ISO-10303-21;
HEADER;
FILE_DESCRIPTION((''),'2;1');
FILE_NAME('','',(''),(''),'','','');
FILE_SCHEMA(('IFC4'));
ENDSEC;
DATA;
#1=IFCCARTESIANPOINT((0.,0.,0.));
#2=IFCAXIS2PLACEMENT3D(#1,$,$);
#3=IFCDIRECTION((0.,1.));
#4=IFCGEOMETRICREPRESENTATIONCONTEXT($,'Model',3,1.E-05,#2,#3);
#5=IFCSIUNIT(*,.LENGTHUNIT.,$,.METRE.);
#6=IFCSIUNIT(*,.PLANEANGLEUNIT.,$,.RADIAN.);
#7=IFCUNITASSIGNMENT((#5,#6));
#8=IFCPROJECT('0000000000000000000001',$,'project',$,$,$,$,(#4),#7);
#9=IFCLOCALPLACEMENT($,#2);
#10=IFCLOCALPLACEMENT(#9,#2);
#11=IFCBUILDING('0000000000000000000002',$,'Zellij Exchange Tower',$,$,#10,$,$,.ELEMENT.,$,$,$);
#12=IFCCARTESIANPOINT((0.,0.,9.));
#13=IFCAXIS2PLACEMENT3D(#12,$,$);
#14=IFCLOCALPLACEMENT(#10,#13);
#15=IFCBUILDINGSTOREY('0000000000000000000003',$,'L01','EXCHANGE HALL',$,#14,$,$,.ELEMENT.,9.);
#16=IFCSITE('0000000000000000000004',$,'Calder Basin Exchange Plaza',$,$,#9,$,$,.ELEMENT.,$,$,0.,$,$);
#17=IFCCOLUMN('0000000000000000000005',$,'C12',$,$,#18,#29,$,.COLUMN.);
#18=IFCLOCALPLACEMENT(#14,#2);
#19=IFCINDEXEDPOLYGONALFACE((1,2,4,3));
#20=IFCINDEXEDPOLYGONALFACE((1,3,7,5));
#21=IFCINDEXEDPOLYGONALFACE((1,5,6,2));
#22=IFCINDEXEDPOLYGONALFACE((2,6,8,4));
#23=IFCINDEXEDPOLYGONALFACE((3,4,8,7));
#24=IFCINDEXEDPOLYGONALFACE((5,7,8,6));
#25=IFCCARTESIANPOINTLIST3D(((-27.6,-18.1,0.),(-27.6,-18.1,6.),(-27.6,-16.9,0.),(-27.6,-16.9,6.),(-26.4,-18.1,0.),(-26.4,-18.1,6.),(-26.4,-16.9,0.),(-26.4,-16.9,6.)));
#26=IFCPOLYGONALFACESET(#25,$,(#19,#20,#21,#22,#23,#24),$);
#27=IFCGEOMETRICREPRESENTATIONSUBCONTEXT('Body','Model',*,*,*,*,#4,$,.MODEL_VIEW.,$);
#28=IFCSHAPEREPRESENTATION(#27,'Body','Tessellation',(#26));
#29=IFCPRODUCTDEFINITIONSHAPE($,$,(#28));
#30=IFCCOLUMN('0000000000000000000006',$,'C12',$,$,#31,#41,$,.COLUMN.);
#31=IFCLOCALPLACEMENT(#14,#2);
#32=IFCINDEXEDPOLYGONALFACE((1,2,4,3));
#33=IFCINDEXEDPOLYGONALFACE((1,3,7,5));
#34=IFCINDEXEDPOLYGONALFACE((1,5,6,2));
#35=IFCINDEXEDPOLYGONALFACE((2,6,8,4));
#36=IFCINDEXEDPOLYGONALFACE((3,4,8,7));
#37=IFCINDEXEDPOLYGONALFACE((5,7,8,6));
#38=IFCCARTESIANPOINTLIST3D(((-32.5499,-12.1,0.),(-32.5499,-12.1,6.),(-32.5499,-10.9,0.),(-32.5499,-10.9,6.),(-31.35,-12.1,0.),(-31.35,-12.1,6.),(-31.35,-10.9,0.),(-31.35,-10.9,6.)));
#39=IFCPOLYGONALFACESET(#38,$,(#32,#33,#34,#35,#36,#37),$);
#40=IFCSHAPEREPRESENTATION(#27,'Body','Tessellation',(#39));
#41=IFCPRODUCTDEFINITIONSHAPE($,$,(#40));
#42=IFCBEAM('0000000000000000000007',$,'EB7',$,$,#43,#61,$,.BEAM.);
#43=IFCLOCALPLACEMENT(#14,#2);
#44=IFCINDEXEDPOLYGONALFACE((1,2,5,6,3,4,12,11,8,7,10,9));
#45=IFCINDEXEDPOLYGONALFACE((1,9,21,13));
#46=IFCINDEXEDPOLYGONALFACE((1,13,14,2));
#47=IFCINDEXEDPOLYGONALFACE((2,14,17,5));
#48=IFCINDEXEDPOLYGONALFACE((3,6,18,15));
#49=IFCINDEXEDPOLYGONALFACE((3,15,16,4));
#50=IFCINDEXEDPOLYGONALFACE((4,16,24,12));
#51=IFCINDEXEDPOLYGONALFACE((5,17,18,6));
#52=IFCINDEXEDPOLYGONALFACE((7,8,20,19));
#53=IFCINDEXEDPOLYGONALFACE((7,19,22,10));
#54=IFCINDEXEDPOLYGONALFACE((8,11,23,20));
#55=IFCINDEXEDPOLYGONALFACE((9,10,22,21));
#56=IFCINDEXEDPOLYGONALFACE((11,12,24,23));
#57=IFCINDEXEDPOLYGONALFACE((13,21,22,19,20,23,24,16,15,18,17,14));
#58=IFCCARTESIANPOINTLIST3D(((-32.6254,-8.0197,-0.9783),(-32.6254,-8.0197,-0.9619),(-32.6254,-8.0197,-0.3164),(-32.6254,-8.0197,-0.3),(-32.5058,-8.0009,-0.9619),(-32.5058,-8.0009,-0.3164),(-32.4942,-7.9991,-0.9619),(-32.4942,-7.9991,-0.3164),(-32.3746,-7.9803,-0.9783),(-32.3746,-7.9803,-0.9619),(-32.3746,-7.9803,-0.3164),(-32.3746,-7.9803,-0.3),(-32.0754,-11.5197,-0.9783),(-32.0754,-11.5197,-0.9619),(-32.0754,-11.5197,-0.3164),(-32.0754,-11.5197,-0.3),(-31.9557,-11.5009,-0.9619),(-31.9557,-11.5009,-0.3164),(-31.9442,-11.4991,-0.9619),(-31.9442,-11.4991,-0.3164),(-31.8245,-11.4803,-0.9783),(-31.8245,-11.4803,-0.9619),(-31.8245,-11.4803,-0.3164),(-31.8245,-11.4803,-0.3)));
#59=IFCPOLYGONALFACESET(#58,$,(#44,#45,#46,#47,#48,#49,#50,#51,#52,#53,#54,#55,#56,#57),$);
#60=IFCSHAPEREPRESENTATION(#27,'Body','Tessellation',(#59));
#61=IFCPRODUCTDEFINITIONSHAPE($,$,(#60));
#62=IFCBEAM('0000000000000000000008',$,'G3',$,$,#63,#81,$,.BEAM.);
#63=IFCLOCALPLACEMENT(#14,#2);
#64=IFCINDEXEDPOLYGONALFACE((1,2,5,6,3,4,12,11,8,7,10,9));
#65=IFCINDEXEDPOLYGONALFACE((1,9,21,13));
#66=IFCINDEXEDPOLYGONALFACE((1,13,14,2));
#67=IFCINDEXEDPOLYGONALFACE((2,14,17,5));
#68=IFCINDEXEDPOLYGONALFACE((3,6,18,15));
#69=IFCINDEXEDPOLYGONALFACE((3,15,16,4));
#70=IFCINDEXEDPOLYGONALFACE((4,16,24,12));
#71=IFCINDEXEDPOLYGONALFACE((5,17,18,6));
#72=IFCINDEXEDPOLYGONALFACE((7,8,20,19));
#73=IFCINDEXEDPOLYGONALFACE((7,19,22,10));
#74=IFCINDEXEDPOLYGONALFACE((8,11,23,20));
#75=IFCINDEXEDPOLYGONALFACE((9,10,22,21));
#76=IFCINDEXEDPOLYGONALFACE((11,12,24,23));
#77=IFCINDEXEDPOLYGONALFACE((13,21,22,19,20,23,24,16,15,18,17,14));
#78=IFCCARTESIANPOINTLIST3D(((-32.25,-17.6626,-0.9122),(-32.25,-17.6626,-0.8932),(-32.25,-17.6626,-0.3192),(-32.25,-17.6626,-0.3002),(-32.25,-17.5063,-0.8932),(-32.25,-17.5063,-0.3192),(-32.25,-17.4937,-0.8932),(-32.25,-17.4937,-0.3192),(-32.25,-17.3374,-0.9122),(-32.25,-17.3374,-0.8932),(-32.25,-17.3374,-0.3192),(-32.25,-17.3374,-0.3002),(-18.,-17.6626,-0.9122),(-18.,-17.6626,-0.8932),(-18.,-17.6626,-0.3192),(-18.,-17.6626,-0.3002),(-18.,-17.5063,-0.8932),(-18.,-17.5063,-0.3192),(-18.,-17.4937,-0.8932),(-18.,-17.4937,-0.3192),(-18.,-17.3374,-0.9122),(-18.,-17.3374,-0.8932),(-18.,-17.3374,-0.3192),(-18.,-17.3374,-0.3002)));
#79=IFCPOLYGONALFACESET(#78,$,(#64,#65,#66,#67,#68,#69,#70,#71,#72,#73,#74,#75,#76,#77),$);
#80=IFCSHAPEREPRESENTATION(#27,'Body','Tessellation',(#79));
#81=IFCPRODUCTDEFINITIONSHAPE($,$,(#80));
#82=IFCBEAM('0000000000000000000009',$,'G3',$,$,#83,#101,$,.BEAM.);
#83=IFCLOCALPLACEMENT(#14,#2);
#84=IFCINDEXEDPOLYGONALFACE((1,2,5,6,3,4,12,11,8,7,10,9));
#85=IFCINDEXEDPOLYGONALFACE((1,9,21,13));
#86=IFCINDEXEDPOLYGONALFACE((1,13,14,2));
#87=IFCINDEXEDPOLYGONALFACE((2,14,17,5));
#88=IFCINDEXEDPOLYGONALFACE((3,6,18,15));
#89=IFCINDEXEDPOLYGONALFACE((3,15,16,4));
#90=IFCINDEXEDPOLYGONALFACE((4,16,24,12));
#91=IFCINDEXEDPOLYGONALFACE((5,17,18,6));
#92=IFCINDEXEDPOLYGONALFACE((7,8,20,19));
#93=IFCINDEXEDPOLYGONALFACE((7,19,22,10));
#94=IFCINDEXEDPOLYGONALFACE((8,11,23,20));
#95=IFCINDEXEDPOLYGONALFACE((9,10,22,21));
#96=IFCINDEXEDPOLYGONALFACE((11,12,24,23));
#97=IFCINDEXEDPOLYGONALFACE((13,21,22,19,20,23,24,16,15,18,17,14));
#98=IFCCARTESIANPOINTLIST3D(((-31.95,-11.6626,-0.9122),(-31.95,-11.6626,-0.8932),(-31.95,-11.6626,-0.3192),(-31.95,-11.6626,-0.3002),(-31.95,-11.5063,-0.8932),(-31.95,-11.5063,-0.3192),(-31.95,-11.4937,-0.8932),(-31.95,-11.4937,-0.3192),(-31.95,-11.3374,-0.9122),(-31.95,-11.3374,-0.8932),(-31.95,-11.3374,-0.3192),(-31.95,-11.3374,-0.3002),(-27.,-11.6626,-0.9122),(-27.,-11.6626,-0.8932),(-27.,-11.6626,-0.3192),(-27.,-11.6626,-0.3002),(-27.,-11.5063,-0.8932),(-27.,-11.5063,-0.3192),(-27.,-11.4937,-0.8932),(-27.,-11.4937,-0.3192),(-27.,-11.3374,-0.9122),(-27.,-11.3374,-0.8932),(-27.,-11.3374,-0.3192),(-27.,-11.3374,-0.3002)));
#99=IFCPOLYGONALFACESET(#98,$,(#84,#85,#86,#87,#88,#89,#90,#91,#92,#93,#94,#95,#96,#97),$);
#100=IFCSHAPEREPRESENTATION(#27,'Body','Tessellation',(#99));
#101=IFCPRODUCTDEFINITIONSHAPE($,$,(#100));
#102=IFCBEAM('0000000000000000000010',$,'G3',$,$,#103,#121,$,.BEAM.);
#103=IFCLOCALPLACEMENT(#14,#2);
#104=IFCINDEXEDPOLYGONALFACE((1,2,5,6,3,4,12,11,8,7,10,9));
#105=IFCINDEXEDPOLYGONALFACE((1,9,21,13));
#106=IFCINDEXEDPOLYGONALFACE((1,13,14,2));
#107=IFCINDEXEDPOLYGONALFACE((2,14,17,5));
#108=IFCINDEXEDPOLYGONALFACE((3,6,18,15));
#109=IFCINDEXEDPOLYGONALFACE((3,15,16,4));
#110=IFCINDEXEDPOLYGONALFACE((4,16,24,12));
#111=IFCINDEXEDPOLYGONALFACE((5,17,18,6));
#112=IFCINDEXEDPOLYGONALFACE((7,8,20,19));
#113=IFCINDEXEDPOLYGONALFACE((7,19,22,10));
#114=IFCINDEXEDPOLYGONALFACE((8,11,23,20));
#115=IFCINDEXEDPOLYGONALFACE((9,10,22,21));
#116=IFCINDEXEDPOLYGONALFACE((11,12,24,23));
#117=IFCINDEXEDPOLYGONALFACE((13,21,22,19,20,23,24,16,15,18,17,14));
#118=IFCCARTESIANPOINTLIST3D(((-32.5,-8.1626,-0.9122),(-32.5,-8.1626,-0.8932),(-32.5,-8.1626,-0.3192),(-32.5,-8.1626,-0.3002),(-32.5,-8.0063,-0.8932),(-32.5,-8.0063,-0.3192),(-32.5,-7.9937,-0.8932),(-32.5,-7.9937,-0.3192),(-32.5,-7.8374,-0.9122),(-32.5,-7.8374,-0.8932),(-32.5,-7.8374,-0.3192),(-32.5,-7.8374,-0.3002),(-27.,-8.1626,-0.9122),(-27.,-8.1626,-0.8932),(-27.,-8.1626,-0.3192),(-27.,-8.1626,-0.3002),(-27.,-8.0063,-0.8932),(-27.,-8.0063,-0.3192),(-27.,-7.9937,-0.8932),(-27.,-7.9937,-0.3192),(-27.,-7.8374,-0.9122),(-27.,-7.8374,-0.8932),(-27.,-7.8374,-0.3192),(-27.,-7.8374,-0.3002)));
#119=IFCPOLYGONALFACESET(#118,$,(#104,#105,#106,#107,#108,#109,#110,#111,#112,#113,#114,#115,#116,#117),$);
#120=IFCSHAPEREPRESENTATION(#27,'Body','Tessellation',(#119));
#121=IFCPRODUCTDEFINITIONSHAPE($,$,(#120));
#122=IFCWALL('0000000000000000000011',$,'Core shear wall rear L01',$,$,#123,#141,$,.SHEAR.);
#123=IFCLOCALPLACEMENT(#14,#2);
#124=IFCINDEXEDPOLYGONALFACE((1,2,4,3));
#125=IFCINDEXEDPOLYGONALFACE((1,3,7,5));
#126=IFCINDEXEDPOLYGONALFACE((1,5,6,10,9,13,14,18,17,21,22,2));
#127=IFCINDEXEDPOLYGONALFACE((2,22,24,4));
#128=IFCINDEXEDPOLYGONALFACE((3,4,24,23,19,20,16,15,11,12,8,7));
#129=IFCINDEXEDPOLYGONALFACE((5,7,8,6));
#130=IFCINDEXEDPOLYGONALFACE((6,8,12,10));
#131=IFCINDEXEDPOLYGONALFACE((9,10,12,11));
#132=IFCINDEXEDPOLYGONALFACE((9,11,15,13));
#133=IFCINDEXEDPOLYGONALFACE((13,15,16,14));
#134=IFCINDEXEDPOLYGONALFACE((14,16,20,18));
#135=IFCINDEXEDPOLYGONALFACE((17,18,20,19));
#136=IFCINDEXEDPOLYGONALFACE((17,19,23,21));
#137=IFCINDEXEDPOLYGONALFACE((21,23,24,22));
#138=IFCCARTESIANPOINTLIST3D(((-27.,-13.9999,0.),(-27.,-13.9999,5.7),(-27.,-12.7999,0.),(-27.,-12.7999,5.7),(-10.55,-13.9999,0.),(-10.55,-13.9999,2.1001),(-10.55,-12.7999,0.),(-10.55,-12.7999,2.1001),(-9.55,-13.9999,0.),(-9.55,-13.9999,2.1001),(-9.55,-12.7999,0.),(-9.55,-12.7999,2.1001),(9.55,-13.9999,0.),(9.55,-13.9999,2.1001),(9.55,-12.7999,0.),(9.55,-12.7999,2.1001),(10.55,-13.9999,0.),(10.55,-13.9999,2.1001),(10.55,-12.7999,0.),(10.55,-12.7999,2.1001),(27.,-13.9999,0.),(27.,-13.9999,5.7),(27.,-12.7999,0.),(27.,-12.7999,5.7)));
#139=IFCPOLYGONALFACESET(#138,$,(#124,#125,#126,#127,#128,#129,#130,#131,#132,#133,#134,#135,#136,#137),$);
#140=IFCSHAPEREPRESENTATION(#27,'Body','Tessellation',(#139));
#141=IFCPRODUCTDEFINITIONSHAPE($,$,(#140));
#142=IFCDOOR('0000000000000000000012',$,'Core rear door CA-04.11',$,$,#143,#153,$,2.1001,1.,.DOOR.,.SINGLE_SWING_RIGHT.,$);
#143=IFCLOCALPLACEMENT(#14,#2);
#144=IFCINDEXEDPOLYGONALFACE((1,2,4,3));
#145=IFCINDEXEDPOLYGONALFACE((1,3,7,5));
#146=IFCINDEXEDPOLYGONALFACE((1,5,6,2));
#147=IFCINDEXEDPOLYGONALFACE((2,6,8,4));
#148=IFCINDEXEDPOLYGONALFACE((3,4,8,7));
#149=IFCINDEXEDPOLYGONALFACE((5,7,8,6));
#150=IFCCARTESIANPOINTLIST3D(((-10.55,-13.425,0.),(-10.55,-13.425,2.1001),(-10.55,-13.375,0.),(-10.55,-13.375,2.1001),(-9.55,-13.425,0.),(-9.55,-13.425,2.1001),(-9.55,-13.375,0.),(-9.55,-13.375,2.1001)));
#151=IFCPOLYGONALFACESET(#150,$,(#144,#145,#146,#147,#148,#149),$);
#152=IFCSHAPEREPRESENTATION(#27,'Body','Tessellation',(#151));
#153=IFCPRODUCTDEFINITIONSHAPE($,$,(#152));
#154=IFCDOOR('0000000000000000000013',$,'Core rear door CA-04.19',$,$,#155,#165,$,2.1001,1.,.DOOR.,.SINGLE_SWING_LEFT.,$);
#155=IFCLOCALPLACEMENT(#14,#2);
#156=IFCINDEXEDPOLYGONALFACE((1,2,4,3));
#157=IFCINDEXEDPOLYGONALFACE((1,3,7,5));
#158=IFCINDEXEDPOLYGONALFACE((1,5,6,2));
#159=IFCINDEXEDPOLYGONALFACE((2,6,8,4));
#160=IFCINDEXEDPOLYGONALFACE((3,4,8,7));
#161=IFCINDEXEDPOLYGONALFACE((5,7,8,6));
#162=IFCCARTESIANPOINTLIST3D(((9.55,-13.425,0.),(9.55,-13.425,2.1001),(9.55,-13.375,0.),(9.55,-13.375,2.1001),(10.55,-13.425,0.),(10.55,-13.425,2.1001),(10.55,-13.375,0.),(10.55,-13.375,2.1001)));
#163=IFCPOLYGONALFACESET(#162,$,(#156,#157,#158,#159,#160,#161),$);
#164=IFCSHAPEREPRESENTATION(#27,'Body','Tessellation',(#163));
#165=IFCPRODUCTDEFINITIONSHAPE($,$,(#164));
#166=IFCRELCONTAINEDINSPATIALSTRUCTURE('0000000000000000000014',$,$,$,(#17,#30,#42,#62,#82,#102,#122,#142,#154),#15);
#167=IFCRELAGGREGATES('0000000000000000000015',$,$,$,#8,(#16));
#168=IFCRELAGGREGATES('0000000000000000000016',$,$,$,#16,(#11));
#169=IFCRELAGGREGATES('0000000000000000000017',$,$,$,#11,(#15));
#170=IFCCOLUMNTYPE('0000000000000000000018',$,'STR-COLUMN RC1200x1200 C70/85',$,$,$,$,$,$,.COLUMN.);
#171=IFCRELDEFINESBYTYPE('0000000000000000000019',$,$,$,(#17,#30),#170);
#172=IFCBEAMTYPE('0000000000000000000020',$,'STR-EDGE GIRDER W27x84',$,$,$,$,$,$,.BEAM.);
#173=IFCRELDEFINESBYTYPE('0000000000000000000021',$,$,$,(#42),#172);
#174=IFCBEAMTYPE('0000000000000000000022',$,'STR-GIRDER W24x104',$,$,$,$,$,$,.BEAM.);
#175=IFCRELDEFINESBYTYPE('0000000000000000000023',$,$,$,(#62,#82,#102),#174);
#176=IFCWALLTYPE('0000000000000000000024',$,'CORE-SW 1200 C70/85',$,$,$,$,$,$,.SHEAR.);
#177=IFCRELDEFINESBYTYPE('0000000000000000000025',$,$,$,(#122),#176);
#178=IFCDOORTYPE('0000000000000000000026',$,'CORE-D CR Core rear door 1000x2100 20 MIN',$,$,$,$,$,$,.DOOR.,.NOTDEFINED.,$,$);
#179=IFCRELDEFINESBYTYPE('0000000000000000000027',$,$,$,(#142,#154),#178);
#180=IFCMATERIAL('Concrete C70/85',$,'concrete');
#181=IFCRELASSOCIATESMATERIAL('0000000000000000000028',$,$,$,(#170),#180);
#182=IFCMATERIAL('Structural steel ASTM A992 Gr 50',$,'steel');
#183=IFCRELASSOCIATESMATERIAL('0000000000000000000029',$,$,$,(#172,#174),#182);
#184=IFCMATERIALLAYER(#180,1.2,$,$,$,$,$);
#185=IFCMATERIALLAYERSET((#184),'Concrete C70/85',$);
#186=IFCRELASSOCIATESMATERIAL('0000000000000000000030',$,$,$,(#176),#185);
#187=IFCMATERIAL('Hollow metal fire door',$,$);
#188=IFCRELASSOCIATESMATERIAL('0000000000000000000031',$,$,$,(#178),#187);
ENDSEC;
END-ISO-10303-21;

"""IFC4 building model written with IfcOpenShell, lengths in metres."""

from ifc_helpers import new_model, si_unit, direction, frame, frame_2d, origin, origin_2d, place, context, subcontext, project, spatial, rectangle, i_section, extrude, material, layer, layer_set, material_profile, profile_set, type_object, element, fill, save


model = new_model("IFC4")

# Units and contexts
model_context = context("Model", 3, precision=1e-05, world=origin(), true_north=direction((0.0, 1.0)))
body_context = subcontext(model_context, "Body", "Model", "MODEL_VIEW")
ifc_project = project(units=[si_unit("LENGTHUNIT", "METRE"), si_unit("PLANEANGLEUNIT", "RADIAN")], contexts=[model_context])

# Site, building, storey
site_placement = place(None, origin())
site = spatial("IfcSite", under=ifc_project, at=site_placement, Name="Calder Basin Exchange Plaza", CompositionType="ELEMENT", RefElevation=0.0)
building_placement = place(site_placement, origin())
building = spatial("IfcBuilding", under=site, at=building_placement, Name="Zellij Exchange Tower", CompositionType="ELEMENT")
storey_placement = place(building_placement, frame((0.0, 0.0, 9.0)))
storey = spatial("IfcBuildingStorey", under=building, at=storey_placement, Name="L01", Description="EXCHANGE HALL", CompositionType="ELEMENT", Elevation=9.0)

# Columns
ifc_material_1 = material(Name="Concrete C70/85", Category="concrete")
ifc_material_profile_1 = material_profile(ifc_material_1, rectangle(XDim=1.2, YDim=1.2, at=origin_2d()), Name="STR-COLUMN RC1200x1200 C70/85")
ifc_profile_set_1 = profile_set([ifc_material_profile_1], Name="Concrete C70/85")
column_type = type_object("IfcColumnType", Name="STR-COLUMN RC1200x1200 C70/85", PredefinedType="COLUMN", material=ifc_profile_set_1)
for number, where, z_axis, x_axis, name in (
    (1, (-27.0, -17.5, 0.0), (0.0, 0.0, 1.0), (1.0, 0.0, 0.0), "C12"),
    (2, (-31.95, -11.5, 0.0), (0.0, 0.0, 1.0), (1.0, 0.0, 0.0), "C12"),
):
    element("IfcColumn", number, at=place(storey_placement, frame(where, z_axis=z_axis, x_axis=x_axis)), inside=storey, type_object=column_type, Name=name, PredefinedType="COLUMN", context=body_context, shape_type="SweptSolid", body=[
        extrude(rectangle(XDim=1.2, YDim=1.2, at=origin_2d()), origin(), (0.0, 0.0, 1.0), 6.0),
    ])

# Beams
ifc_material_2 = material(Name="Structural steel ASTM A992 Gr 50", Category="steel")
ifc_material_profile_2 = material_profile(ifc_material_2, i_section(OverallWidth=0.2539, OverallDepth=0.6782, WebThickness=0.0117, FlangeThickness=0.0164, at=origin_2d()), Name="W27x84")
ifc_profile_set_2 = profile_set([ifc_material_profile_2], Name="Structural steel ASTM A992 Gr 50")
beam_type_1 = type_object("IfcBeamType", Name="STR-EDGE GIRDER W27x84", PredefinedType="BEAM", material=ifc_profile_set_2)
beam_1_placement = place(storey_placement, frame((-31.95, -11.5, -0.6392), z_axis=(-0.155251, 0.987875, 0.0), x_axis=(-0.987875, -0.155251, 0.0)))
element("IfcBeam", 3, at=beam_1_placement, inside=storey, type_object=beam_type_1, Name="EB7", PredefinedType="BEAM", context=body_context, shape_type="SweptSolid", body=[
    extrude(i_section(OverallWidth=0.2539, OverallDepth=0.6782, WebThickness=0.0117, FlangeThickness=0.0164, at=origin_2d()), origin(), (0.0, 0.0, 1.0), 3.543),
])
ifc_material_profile_3 = material_profile(ifc_material_2, i_section(OverallWidth=0.3252, OverallDepth=0.6121, WebThickness=0.0127, FlangeThickness=0.019, at=origin_2d()), Name="W24x104")
ifc_profile_set_3 = profile_set([ifc_material_profile_3], Name="Structural steel ASTM A992 Gr 50")
beam_type_2 = type_object("IfcBeamType", Name="STR-GIRDER W24x104", PredefinedType="BEAM", material=ifc_profile_set_3)
beam_2_placement = place(storey_placement, frame((-32.25, -17.5, -0.6062), z_axis=(1.0, 0.0, 0.0), x_axis=(0.0, 1.0, 0.0)))
element("IfcBeam", 4, at=beam_2_placement, inside=storey, type_object=beam_type_2, Name="G3", PredefinedType="BEAM", context=body_context, shape_type="SweptSolid", body=[
    extrude(i_section(OverallWidth=0.3252, OverallDepth=0.6121, WebThickness=0.0127, FlangeThickness=0.019, at=origin_2d()), origin(), (0.0, 0.0, 1.0), 14.25),
])
beam_3_placement = place(storey_placement, frame((-31.95, -11.5, -0.6062), z_axis=(1.0, 0.0, 0.0), x_axis=(0.0, 1.0, 0.0)))
element("IfcBeam", 5, at=beam_3_placement, inside=storey, type_object=beam_type_2, Name="G3", PredefinedType="BEAM", context=body_context, shape_type="SweptSolid", body=[
    extrude(i_section(OverallWidth=0.3252, OverallDepth=0.6121, WebThickness=0.0127, FlangeThickness=0.019, at=origin_2d()), origin(), (0.0, 0.0, 1.0), 4.95),
])
beam_4_placement = place(storey_placement, frame((-32.5, -8.0, -0.6062), z_axis=(1.0, 0.0, 0.0), x_axis=(0.0, 1.0, 0.0)))
element("IfcBeam", 6, at=beam_4_placement, inside=storey, type_object=beam_type_2, Name="G3", PredefinedType="BEAM", context=body_context, shape_type="SweptSolid", body=[
    extrude(i_section(OverallWidth=0.3252, OverallDepth=0.6121, WebThickness=0.0127, FlangeThickness=0.019, at=origin_2d()), origin(), (0.0, 0.0, 1.0), 5.5),
])

# Wall, openings, doors
ifc_layer_1 = layer(ifc_material_1, 1.2)
ifc_layer_set_1 = layer_set([ifc_layer_1], Name="Concrete C70/85")
wall_type_1 = type_object("IfcWallType", Name="CORE-SW 1200 C70/85", PredefinedType="SHEAR", material=ifc_layer_set_1)
wall_1_placement = place(storey_placement, frame((-27.0, -13.3999, 0.0), z_axis=(0.0, 0.0, 1.0), x_axis=(1.0, 0.0, 0.0)))
wall_1 = element("IfcWall", 7, at=wall_1_placement, inside=storey, type_object=wall_type_1, Name="Core shear wall rear L01", PredefinedType="SHEAR", context=body_context, shape_type="SweptSolid", body=[
    extrude(rectangle(XDim=54.0, YDim=1.2, at=frame_2d((27.0, 0.0))), origin(), (0.0, 0.0, 1.0), 5.7),
])
opening_1_placement = place(wall_1_placement, frame((16.45, 0.0, 0.0)))
opening_1 = element("IfcOpeningElement", 8, at=opening_1_placement, cuts=wall_1, PredefinedType="OPENING", context=body_context, shape_type="SweptSolid", body=[
    extrude(rectangle(XDim=1.0, YDim=2.1001, at=frame_2d((0.5, 1.05))), frame((0.0, 0.6118, 0.0), z_axis=(0.0, -1.0, 0.0), x_axis=(1.0, 0.0, 0.0)), (0.0, 0.0, 1.0), 1.2239),
])
opening_2_placement = place(wall_1_placement, frame((36.55, 0.0, 0.0)))
opening_2 = element("IfcOpeningElement", 9, at=opening_2_placement, cuts=wall_1, PredefinedType="OPENING", context=body_context, shape_type="SweptSolid", body=[
    extrude(rectangle(XDim=1.0, YDim=2.1001, at=frame_2d((0.5, 1.05))), frame((0.0, 0.6118, 0.0), z_axis=(0.0, -1.0, 0.0), x_axis=(1.0, 0.0, 0.0)), (0.0, 0.0, 1.0), 1.2239),
])
ifc_material_3 = material(Name="Hollow metal fire door")
door_type_1 = type_object("IfcDoorType", Name="CORE-D CR Core rear door 1000x2100 20 MIN", OperationType="NOTDEFINED", PredefinedType="DOOR", material=ifc_material_3)
door_1_placement = place(opening_1_placement, origin())
door_1 = element("IfcDoor", 10, at=door_1_placement, inside=storey, type_object=door_type_1, Name="Core rear door CA-04.11", OperationType="SINGLE_SWING_RIGHT", OverallHeight=2.1001, OverallWidth=1.0, PredefinedType="DOOR", context=body_context, shape_type="SweptSolid", body=[
    extrude(rectangle(XDim=1.0, YDim=2.1001, at=frame_2d((0.5, 1.05))), frame((0.0, 0.0249, 0.0), z_axis=(0.0, -1.0, 0.0), x_axis=(1.0, 0.0, 0.0)), (0.0, 0.0, 1.0), 0.05),
])
fill(opening_1, door_1)
door_2_placement = place(opening_2_placement, origin())
door_2 = element("IfcDoor", 11, at=door_2_placement, inside=storey, type_object=door_type_1, Name="Core rear door CA-04.19", OperationType="SINGLE_SWING_LEFT", OverallHeight=2.1001, OverallWidth=1.0, PredefinedType="DOOR", context=body_context, shape_type="SweptSolid", body=[
    extrude(rectangle(XDim=1.0, YDim=2.1001, at=frame_2d((0.5, 1.05))), frame((0.0, 0.0249, 0.0), z_axis=(0.0, -1.0, 0.0), x_axis=(1.0, 0.0, 0.0)), (0.0, 0.0, 1.0), 0.05),
])
fill(opening_2, door_2)

save(model, "model.ifc")
